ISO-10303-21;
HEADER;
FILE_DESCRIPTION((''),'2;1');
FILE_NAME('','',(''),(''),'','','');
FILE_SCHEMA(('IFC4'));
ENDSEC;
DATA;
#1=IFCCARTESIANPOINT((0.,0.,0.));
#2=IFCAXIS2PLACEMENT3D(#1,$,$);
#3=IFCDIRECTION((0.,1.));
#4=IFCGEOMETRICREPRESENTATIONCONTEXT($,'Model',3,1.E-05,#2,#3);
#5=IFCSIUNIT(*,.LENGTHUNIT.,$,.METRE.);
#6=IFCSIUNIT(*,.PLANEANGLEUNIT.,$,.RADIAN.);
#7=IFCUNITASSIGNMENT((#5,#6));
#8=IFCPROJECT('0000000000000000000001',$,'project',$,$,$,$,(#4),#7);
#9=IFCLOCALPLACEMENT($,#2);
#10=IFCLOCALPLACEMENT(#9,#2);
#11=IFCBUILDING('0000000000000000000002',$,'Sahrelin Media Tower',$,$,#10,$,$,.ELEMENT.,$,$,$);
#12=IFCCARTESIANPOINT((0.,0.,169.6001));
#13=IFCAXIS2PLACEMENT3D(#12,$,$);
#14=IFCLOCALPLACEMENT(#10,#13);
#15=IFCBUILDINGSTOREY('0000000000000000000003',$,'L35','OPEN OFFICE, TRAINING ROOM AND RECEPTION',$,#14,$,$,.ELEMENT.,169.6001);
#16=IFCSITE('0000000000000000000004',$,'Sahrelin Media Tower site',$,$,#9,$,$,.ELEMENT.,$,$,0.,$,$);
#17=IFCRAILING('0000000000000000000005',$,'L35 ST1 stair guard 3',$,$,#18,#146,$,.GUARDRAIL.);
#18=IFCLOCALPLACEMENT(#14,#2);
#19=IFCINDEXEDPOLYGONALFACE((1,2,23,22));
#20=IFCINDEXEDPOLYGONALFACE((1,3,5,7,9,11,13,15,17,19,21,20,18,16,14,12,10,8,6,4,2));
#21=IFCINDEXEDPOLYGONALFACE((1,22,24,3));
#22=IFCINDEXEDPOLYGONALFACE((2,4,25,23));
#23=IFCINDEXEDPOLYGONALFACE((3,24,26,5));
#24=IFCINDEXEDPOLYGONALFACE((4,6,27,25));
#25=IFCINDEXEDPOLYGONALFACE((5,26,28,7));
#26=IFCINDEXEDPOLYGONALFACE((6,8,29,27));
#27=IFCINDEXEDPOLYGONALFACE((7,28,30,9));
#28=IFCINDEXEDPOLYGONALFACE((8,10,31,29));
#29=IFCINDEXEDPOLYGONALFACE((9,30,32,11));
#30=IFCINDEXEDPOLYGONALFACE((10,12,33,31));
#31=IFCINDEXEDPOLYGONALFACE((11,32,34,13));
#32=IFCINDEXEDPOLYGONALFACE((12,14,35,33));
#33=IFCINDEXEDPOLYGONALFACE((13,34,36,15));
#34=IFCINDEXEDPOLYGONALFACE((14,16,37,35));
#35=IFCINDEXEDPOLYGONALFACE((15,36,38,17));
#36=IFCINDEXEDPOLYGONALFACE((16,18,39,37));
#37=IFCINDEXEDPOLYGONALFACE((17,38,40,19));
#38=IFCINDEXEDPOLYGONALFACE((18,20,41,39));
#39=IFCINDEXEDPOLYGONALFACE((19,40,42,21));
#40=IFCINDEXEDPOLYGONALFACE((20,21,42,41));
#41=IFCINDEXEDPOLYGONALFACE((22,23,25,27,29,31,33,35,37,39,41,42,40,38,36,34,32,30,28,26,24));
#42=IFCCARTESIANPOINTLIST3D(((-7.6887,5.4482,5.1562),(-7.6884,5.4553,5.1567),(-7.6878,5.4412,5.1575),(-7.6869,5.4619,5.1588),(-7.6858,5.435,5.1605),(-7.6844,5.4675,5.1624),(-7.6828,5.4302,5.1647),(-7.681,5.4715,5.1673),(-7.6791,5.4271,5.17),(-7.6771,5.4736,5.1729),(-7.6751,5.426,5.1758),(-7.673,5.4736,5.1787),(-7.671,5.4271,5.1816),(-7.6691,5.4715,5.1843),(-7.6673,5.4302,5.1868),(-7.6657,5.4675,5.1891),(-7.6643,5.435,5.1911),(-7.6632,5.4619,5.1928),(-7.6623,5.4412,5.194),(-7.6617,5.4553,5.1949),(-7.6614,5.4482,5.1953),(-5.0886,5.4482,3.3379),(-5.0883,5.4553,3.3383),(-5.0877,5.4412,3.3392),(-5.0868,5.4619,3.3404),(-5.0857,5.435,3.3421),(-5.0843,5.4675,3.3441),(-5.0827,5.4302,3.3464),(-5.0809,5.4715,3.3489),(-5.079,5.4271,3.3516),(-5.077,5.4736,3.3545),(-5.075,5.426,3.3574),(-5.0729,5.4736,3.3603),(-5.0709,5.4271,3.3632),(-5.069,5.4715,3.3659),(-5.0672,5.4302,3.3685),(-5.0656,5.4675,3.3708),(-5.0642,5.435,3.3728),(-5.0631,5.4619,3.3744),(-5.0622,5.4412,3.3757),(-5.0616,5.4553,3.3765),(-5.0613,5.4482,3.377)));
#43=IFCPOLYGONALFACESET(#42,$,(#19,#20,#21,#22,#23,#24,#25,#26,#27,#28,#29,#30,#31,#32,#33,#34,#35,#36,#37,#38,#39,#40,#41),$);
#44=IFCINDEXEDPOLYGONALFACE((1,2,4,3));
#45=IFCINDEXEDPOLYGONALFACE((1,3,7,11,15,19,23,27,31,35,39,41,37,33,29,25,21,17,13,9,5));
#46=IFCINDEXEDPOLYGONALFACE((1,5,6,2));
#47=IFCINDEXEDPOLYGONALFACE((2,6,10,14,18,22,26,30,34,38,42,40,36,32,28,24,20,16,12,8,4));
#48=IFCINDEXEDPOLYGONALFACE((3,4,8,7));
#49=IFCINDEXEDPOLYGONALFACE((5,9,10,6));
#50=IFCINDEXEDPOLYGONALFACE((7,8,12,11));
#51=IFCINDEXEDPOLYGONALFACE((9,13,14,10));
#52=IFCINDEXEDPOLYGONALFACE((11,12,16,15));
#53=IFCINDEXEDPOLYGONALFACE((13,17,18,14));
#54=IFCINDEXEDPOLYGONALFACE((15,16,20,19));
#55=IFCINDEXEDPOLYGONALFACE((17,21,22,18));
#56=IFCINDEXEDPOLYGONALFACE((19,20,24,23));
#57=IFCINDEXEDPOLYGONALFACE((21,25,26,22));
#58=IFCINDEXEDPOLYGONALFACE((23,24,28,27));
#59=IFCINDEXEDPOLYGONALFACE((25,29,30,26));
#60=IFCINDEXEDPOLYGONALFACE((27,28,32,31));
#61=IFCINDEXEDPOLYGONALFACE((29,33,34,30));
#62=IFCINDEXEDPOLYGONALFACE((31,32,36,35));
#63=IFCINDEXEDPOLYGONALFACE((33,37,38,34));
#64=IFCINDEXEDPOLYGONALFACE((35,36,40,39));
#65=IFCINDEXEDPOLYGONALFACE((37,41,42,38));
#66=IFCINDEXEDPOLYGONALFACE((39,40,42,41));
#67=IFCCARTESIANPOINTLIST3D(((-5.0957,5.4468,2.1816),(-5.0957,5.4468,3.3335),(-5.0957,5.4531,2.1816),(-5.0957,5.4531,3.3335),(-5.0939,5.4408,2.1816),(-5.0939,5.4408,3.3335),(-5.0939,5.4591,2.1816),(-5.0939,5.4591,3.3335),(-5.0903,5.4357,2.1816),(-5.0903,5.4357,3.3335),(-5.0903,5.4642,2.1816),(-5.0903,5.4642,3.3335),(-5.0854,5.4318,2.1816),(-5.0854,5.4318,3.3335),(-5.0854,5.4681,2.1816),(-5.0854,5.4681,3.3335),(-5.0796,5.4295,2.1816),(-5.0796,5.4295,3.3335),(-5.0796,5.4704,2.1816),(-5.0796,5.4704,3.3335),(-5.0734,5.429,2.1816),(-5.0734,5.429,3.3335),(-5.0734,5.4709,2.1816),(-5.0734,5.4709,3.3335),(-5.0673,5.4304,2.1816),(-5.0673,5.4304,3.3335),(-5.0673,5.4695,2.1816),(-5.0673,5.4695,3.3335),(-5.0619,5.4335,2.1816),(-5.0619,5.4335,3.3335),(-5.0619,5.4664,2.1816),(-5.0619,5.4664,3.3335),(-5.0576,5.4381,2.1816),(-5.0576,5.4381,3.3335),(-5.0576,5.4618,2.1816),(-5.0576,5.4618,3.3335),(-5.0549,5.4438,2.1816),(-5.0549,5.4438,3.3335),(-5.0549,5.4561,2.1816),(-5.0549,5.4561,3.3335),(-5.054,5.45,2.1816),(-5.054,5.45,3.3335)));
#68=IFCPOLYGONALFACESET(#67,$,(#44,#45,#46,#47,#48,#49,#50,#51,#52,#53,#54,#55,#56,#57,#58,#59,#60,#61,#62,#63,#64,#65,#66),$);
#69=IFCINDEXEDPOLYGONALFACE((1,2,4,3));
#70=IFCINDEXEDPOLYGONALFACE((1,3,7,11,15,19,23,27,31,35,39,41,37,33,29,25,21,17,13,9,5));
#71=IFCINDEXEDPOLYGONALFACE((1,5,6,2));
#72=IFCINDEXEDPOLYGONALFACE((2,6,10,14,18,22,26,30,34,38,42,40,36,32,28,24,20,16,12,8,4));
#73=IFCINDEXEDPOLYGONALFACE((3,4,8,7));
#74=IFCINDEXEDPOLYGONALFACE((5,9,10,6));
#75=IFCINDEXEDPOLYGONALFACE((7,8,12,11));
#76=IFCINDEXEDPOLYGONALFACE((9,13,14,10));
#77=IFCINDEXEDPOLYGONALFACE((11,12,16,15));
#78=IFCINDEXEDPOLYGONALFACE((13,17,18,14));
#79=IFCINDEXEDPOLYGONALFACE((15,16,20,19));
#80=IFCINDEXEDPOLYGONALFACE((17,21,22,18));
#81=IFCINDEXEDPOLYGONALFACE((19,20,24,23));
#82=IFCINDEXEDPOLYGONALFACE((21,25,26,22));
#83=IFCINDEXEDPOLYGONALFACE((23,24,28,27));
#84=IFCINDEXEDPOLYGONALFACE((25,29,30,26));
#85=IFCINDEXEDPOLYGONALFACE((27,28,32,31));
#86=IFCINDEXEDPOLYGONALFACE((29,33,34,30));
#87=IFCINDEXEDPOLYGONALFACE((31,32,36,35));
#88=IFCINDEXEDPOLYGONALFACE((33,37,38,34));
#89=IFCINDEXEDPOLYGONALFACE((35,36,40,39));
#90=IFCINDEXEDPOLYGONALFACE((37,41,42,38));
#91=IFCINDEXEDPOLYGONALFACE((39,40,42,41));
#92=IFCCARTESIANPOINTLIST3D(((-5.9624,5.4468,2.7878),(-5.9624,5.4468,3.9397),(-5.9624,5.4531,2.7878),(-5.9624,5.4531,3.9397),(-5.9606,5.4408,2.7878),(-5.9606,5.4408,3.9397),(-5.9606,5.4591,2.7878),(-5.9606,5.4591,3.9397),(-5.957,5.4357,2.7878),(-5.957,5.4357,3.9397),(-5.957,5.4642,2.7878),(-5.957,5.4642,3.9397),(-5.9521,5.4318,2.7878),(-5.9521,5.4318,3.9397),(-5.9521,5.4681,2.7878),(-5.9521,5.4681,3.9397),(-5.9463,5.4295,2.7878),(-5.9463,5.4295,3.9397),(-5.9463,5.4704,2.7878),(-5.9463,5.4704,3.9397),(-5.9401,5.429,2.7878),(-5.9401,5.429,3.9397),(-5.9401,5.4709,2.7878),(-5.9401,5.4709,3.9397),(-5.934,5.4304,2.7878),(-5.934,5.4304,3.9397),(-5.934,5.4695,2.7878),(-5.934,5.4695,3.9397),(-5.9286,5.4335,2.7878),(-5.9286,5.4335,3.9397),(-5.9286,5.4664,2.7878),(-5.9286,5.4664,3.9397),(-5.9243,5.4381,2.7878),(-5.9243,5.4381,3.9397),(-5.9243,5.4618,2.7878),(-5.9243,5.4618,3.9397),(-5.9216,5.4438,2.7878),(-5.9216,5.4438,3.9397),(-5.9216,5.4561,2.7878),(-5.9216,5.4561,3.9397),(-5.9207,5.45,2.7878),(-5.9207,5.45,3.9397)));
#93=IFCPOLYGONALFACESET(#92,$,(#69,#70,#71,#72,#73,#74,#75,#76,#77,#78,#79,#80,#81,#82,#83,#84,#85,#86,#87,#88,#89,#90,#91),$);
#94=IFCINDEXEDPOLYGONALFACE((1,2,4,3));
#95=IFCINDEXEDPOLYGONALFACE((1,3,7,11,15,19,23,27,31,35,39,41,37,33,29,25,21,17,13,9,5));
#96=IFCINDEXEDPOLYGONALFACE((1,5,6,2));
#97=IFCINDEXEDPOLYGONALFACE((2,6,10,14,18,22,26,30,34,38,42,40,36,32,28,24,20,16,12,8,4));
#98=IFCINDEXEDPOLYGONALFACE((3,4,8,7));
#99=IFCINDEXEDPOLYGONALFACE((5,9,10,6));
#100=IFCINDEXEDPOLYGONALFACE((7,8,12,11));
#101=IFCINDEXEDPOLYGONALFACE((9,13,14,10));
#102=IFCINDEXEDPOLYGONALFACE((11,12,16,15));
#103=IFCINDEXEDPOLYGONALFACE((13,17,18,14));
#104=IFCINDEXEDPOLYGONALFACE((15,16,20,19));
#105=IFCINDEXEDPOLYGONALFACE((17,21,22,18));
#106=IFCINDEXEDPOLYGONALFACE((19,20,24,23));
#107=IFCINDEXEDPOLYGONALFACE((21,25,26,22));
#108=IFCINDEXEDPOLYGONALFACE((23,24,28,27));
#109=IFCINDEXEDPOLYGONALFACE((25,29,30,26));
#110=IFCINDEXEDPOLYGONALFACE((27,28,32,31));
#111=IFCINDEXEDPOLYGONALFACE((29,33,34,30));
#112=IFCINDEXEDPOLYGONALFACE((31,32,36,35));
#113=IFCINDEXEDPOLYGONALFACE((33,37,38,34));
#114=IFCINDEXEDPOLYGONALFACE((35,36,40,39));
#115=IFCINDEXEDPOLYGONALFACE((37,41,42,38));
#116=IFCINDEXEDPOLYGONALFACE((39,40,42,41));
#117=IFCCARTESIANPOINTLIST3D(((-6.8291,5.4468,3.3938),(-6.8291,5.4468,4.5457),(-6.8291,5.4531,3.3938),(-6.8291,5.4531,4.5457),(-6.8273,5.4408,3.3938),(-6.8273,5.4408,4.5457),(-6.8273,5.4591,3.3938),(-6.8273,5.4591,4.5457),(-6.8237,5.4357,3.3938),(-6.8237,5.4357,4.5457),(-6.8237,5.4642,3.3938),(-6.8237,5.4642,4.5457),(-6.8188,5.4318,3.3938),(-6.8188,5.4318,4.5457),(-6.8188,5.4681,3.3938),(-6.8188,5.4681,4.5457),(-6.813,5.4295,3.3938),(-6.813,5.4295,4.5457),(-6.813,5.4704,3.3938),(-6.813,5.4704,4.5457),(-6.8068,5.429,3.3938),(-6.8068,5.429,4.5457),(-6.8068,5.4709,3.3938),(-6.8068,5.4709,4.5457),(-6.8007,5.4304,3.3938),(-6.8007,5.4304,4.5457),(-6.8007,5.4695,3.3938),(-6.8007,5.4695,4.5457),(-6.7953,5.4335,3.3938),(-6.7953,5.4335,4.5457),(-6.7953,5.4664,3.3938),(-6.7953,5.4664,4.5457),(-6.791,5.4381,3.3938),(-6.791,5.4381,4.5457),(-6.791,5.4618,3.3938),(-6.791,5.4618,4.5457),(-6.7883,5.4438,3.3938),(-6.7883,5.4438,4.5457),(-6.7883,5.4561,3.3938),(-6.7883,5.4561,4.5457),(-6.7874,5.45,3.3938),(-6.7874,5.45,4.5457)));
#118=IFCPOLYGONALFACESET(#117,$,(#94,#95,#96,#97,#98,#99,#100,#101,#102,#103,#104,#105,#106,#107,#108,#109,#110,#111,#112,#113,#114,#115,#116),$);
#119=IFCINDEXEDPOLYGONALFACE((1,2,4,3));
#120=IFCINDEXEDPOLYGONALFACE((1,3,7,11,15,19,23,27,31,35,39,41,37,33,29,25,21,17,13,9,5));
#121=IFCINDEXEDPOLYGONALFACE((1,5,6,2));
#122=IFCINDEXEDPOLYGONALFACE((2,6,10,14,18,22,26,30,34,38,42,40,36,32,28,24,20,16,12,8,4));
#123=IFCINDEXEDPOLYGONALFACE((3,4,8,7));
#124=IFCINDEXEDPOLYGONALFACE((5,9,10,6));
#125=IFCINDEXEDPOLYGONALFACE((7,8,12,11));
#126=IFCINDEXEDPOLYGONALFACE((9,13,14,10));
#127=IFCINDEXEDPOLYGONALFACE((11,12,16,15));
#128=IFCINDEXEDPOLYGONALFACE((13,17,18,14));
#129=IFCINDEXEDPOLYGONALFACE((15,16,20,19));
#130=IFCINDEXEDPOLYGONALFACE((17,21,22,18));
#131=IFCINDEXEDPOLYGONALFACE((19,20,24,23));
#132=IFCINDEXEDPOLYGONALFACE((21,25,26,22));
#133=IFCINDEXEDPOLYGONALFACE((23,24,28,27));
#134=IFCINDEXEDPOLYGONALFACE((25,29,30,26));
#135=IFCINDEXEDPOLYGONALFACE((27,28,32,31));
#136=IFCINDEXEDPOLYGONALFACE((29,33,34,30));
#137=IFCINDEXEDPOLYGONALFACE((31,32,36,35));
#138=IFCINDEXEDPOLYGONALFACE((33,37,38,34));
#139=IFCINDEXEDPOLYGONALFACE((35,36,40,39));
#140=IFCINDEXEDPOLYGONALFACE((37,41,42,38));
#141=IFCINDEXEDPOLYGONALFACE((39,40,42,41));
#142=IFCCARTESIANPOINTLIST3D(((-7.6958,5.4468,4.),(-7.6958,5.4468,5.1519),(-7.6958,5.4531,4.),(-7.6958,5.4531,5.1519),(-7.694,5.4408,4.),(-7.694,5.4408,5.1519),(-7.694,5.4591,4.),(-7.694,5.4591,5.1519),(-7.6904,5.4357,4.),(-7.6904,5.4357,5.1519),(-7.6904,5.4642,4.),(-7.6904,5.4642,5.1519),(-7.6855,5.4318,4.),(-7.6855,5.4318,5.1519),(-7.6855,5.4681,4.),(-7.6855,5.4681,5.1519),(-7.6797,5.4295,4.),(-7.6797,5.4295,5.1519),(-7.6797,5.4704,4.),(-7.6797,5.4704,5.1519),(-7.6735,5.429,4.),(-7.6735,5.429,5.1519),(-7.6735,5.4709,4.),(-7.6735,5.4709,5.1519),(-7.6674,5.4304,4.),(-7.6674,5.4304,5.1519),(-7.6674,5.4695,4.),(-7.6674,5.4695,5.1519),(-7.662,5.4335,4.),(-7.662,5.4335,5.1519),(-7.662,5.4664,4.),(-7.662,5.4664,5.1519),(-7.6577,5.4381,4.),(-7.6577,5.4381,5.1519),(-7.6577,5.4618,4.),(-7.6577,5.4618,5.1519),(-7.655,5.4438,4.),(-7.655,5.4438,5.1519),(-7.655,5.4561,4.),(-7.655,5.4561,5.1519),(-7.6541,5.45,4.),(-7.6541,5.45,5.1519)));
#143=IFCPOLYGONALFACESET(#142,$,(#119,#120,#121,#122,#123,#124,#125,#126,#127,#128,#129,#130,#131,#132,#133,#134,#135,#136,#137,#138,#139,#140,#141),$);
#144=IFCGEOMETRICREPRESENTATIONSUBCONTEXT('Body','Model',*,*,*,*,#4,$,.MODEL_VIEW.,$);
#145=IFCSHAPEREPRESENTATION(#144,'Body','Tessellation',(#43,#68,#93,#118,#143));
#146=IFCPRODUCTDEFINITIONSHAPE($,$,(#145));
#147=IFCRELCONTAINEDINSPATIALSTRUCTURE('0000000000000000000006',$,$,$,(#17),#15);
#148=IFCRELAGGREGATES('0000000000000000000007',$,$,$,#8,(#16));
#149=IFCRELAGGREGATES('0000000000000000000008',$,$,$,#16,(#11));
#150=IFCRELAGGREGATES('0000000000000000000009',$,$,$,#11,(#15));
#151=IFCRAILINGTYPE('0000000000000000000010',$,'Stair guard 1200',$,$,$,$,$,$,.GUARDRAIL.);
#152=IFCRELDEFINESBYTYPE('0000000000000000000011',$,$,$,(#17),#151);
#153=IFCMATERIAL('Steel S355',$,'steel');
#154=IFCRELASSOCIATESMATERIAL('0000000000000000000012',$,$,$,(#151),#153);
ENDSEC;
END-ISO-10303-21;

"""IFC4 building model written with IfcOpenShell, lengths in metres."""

from ifc_helpers import new_model, si_unit, direction, frame, origin, origin_2d, place, context, subcontext, project, spatial, circle, extrude, material, type_object, element, save


model = new_model("IFC4")

# Units and contexts
model_context = context("Model", 3, precision=1e-05, world=origin(), true_north=direction((0.0, 1.0)))
body_context = subcontext(model_context, "Body", "Model", "MODEL_VIEW")
ifc_project = project(units=[si_unit("LENGTHUNIT", "METRE"), si_unit("PLANEANGLEUNIT", "RADIAN")], contexts=[model_context])

# Site, building, storey
site_placement = place(None, origin())
site = spatial("IfcSite", under=ifc_project, at=site_placement, Name="Sahrelin Media Tower site", CompositionType="ELEMENT", RefElevation=0.0)
building_placement = place(site_placement, origin())
building = spatial("IfcBuilding", under=site, at=building_placement, Name="Sahrelin Media Tower", CompositionType="ELEMENT")
storey_placement = place(building_placement, frame((0.0, 0.0, 169.6001)))
storey = spatial("IfcBuildingStorey", under=building, at=storey_placement, Name="L35", Description="OPEN OFFICE, TRAINING ROOM AND RECEPTION", CompositionType="ELEMENT", Elevation=169.6001)

# Railing
ifc_material_1 = material(Name="Steel S355", Category="steel")
railing_type_1 = type_object("IfcRailingType", Name="Stair guard 1200", PredefinedType="GUARDRAIL", material=ifc_material_1)
railing_1_placement = place(storey_placement, frame((-5.075, 5.45, 2.1816)))
element("IfcRailing", 1, at=railing_1_placement, inside=storey, type_object=railing_type_1, Name="L35 ST1 stair guard 3", PredefinedType="GUARDRAIL", context=body_context, shape_type="SweptSolid", body=[
    extrude(circle(Radius=0.0239, at=origin_2d()), frame((0.0, 0.0, 1.1758), z_axis=(-0.819485, 0.0, 0.573101), x_axis=(0.0, -1.0, 0.0)), (0.0, 0.0, 1.0), 3.1729),
    extrude(circle(Radius=0.021, at=origin_2d()), origin(), (0.0, 0.0, 1.0), 1.1519),
    extrude(circle(Radius=0.021, at=origin_2d()), frame((-0.8667, 0.0, 0.6062)), (0.0, 0.0, 1.0), 1.1519),
    extrude(circle(Radius=0.021, at=origin_2d()), frame((-1.7334, 0.0, 1.2122)), (0.0, 0.0, 1.0), 1.1519),
    extrude(circle(Radius=0.021, at=origin_2d()), frame((-2.6001, 0.0, 1.8184)), (0.0, 0.0, 1.0), 1.1519),
])

save(model, "model.ifc")
